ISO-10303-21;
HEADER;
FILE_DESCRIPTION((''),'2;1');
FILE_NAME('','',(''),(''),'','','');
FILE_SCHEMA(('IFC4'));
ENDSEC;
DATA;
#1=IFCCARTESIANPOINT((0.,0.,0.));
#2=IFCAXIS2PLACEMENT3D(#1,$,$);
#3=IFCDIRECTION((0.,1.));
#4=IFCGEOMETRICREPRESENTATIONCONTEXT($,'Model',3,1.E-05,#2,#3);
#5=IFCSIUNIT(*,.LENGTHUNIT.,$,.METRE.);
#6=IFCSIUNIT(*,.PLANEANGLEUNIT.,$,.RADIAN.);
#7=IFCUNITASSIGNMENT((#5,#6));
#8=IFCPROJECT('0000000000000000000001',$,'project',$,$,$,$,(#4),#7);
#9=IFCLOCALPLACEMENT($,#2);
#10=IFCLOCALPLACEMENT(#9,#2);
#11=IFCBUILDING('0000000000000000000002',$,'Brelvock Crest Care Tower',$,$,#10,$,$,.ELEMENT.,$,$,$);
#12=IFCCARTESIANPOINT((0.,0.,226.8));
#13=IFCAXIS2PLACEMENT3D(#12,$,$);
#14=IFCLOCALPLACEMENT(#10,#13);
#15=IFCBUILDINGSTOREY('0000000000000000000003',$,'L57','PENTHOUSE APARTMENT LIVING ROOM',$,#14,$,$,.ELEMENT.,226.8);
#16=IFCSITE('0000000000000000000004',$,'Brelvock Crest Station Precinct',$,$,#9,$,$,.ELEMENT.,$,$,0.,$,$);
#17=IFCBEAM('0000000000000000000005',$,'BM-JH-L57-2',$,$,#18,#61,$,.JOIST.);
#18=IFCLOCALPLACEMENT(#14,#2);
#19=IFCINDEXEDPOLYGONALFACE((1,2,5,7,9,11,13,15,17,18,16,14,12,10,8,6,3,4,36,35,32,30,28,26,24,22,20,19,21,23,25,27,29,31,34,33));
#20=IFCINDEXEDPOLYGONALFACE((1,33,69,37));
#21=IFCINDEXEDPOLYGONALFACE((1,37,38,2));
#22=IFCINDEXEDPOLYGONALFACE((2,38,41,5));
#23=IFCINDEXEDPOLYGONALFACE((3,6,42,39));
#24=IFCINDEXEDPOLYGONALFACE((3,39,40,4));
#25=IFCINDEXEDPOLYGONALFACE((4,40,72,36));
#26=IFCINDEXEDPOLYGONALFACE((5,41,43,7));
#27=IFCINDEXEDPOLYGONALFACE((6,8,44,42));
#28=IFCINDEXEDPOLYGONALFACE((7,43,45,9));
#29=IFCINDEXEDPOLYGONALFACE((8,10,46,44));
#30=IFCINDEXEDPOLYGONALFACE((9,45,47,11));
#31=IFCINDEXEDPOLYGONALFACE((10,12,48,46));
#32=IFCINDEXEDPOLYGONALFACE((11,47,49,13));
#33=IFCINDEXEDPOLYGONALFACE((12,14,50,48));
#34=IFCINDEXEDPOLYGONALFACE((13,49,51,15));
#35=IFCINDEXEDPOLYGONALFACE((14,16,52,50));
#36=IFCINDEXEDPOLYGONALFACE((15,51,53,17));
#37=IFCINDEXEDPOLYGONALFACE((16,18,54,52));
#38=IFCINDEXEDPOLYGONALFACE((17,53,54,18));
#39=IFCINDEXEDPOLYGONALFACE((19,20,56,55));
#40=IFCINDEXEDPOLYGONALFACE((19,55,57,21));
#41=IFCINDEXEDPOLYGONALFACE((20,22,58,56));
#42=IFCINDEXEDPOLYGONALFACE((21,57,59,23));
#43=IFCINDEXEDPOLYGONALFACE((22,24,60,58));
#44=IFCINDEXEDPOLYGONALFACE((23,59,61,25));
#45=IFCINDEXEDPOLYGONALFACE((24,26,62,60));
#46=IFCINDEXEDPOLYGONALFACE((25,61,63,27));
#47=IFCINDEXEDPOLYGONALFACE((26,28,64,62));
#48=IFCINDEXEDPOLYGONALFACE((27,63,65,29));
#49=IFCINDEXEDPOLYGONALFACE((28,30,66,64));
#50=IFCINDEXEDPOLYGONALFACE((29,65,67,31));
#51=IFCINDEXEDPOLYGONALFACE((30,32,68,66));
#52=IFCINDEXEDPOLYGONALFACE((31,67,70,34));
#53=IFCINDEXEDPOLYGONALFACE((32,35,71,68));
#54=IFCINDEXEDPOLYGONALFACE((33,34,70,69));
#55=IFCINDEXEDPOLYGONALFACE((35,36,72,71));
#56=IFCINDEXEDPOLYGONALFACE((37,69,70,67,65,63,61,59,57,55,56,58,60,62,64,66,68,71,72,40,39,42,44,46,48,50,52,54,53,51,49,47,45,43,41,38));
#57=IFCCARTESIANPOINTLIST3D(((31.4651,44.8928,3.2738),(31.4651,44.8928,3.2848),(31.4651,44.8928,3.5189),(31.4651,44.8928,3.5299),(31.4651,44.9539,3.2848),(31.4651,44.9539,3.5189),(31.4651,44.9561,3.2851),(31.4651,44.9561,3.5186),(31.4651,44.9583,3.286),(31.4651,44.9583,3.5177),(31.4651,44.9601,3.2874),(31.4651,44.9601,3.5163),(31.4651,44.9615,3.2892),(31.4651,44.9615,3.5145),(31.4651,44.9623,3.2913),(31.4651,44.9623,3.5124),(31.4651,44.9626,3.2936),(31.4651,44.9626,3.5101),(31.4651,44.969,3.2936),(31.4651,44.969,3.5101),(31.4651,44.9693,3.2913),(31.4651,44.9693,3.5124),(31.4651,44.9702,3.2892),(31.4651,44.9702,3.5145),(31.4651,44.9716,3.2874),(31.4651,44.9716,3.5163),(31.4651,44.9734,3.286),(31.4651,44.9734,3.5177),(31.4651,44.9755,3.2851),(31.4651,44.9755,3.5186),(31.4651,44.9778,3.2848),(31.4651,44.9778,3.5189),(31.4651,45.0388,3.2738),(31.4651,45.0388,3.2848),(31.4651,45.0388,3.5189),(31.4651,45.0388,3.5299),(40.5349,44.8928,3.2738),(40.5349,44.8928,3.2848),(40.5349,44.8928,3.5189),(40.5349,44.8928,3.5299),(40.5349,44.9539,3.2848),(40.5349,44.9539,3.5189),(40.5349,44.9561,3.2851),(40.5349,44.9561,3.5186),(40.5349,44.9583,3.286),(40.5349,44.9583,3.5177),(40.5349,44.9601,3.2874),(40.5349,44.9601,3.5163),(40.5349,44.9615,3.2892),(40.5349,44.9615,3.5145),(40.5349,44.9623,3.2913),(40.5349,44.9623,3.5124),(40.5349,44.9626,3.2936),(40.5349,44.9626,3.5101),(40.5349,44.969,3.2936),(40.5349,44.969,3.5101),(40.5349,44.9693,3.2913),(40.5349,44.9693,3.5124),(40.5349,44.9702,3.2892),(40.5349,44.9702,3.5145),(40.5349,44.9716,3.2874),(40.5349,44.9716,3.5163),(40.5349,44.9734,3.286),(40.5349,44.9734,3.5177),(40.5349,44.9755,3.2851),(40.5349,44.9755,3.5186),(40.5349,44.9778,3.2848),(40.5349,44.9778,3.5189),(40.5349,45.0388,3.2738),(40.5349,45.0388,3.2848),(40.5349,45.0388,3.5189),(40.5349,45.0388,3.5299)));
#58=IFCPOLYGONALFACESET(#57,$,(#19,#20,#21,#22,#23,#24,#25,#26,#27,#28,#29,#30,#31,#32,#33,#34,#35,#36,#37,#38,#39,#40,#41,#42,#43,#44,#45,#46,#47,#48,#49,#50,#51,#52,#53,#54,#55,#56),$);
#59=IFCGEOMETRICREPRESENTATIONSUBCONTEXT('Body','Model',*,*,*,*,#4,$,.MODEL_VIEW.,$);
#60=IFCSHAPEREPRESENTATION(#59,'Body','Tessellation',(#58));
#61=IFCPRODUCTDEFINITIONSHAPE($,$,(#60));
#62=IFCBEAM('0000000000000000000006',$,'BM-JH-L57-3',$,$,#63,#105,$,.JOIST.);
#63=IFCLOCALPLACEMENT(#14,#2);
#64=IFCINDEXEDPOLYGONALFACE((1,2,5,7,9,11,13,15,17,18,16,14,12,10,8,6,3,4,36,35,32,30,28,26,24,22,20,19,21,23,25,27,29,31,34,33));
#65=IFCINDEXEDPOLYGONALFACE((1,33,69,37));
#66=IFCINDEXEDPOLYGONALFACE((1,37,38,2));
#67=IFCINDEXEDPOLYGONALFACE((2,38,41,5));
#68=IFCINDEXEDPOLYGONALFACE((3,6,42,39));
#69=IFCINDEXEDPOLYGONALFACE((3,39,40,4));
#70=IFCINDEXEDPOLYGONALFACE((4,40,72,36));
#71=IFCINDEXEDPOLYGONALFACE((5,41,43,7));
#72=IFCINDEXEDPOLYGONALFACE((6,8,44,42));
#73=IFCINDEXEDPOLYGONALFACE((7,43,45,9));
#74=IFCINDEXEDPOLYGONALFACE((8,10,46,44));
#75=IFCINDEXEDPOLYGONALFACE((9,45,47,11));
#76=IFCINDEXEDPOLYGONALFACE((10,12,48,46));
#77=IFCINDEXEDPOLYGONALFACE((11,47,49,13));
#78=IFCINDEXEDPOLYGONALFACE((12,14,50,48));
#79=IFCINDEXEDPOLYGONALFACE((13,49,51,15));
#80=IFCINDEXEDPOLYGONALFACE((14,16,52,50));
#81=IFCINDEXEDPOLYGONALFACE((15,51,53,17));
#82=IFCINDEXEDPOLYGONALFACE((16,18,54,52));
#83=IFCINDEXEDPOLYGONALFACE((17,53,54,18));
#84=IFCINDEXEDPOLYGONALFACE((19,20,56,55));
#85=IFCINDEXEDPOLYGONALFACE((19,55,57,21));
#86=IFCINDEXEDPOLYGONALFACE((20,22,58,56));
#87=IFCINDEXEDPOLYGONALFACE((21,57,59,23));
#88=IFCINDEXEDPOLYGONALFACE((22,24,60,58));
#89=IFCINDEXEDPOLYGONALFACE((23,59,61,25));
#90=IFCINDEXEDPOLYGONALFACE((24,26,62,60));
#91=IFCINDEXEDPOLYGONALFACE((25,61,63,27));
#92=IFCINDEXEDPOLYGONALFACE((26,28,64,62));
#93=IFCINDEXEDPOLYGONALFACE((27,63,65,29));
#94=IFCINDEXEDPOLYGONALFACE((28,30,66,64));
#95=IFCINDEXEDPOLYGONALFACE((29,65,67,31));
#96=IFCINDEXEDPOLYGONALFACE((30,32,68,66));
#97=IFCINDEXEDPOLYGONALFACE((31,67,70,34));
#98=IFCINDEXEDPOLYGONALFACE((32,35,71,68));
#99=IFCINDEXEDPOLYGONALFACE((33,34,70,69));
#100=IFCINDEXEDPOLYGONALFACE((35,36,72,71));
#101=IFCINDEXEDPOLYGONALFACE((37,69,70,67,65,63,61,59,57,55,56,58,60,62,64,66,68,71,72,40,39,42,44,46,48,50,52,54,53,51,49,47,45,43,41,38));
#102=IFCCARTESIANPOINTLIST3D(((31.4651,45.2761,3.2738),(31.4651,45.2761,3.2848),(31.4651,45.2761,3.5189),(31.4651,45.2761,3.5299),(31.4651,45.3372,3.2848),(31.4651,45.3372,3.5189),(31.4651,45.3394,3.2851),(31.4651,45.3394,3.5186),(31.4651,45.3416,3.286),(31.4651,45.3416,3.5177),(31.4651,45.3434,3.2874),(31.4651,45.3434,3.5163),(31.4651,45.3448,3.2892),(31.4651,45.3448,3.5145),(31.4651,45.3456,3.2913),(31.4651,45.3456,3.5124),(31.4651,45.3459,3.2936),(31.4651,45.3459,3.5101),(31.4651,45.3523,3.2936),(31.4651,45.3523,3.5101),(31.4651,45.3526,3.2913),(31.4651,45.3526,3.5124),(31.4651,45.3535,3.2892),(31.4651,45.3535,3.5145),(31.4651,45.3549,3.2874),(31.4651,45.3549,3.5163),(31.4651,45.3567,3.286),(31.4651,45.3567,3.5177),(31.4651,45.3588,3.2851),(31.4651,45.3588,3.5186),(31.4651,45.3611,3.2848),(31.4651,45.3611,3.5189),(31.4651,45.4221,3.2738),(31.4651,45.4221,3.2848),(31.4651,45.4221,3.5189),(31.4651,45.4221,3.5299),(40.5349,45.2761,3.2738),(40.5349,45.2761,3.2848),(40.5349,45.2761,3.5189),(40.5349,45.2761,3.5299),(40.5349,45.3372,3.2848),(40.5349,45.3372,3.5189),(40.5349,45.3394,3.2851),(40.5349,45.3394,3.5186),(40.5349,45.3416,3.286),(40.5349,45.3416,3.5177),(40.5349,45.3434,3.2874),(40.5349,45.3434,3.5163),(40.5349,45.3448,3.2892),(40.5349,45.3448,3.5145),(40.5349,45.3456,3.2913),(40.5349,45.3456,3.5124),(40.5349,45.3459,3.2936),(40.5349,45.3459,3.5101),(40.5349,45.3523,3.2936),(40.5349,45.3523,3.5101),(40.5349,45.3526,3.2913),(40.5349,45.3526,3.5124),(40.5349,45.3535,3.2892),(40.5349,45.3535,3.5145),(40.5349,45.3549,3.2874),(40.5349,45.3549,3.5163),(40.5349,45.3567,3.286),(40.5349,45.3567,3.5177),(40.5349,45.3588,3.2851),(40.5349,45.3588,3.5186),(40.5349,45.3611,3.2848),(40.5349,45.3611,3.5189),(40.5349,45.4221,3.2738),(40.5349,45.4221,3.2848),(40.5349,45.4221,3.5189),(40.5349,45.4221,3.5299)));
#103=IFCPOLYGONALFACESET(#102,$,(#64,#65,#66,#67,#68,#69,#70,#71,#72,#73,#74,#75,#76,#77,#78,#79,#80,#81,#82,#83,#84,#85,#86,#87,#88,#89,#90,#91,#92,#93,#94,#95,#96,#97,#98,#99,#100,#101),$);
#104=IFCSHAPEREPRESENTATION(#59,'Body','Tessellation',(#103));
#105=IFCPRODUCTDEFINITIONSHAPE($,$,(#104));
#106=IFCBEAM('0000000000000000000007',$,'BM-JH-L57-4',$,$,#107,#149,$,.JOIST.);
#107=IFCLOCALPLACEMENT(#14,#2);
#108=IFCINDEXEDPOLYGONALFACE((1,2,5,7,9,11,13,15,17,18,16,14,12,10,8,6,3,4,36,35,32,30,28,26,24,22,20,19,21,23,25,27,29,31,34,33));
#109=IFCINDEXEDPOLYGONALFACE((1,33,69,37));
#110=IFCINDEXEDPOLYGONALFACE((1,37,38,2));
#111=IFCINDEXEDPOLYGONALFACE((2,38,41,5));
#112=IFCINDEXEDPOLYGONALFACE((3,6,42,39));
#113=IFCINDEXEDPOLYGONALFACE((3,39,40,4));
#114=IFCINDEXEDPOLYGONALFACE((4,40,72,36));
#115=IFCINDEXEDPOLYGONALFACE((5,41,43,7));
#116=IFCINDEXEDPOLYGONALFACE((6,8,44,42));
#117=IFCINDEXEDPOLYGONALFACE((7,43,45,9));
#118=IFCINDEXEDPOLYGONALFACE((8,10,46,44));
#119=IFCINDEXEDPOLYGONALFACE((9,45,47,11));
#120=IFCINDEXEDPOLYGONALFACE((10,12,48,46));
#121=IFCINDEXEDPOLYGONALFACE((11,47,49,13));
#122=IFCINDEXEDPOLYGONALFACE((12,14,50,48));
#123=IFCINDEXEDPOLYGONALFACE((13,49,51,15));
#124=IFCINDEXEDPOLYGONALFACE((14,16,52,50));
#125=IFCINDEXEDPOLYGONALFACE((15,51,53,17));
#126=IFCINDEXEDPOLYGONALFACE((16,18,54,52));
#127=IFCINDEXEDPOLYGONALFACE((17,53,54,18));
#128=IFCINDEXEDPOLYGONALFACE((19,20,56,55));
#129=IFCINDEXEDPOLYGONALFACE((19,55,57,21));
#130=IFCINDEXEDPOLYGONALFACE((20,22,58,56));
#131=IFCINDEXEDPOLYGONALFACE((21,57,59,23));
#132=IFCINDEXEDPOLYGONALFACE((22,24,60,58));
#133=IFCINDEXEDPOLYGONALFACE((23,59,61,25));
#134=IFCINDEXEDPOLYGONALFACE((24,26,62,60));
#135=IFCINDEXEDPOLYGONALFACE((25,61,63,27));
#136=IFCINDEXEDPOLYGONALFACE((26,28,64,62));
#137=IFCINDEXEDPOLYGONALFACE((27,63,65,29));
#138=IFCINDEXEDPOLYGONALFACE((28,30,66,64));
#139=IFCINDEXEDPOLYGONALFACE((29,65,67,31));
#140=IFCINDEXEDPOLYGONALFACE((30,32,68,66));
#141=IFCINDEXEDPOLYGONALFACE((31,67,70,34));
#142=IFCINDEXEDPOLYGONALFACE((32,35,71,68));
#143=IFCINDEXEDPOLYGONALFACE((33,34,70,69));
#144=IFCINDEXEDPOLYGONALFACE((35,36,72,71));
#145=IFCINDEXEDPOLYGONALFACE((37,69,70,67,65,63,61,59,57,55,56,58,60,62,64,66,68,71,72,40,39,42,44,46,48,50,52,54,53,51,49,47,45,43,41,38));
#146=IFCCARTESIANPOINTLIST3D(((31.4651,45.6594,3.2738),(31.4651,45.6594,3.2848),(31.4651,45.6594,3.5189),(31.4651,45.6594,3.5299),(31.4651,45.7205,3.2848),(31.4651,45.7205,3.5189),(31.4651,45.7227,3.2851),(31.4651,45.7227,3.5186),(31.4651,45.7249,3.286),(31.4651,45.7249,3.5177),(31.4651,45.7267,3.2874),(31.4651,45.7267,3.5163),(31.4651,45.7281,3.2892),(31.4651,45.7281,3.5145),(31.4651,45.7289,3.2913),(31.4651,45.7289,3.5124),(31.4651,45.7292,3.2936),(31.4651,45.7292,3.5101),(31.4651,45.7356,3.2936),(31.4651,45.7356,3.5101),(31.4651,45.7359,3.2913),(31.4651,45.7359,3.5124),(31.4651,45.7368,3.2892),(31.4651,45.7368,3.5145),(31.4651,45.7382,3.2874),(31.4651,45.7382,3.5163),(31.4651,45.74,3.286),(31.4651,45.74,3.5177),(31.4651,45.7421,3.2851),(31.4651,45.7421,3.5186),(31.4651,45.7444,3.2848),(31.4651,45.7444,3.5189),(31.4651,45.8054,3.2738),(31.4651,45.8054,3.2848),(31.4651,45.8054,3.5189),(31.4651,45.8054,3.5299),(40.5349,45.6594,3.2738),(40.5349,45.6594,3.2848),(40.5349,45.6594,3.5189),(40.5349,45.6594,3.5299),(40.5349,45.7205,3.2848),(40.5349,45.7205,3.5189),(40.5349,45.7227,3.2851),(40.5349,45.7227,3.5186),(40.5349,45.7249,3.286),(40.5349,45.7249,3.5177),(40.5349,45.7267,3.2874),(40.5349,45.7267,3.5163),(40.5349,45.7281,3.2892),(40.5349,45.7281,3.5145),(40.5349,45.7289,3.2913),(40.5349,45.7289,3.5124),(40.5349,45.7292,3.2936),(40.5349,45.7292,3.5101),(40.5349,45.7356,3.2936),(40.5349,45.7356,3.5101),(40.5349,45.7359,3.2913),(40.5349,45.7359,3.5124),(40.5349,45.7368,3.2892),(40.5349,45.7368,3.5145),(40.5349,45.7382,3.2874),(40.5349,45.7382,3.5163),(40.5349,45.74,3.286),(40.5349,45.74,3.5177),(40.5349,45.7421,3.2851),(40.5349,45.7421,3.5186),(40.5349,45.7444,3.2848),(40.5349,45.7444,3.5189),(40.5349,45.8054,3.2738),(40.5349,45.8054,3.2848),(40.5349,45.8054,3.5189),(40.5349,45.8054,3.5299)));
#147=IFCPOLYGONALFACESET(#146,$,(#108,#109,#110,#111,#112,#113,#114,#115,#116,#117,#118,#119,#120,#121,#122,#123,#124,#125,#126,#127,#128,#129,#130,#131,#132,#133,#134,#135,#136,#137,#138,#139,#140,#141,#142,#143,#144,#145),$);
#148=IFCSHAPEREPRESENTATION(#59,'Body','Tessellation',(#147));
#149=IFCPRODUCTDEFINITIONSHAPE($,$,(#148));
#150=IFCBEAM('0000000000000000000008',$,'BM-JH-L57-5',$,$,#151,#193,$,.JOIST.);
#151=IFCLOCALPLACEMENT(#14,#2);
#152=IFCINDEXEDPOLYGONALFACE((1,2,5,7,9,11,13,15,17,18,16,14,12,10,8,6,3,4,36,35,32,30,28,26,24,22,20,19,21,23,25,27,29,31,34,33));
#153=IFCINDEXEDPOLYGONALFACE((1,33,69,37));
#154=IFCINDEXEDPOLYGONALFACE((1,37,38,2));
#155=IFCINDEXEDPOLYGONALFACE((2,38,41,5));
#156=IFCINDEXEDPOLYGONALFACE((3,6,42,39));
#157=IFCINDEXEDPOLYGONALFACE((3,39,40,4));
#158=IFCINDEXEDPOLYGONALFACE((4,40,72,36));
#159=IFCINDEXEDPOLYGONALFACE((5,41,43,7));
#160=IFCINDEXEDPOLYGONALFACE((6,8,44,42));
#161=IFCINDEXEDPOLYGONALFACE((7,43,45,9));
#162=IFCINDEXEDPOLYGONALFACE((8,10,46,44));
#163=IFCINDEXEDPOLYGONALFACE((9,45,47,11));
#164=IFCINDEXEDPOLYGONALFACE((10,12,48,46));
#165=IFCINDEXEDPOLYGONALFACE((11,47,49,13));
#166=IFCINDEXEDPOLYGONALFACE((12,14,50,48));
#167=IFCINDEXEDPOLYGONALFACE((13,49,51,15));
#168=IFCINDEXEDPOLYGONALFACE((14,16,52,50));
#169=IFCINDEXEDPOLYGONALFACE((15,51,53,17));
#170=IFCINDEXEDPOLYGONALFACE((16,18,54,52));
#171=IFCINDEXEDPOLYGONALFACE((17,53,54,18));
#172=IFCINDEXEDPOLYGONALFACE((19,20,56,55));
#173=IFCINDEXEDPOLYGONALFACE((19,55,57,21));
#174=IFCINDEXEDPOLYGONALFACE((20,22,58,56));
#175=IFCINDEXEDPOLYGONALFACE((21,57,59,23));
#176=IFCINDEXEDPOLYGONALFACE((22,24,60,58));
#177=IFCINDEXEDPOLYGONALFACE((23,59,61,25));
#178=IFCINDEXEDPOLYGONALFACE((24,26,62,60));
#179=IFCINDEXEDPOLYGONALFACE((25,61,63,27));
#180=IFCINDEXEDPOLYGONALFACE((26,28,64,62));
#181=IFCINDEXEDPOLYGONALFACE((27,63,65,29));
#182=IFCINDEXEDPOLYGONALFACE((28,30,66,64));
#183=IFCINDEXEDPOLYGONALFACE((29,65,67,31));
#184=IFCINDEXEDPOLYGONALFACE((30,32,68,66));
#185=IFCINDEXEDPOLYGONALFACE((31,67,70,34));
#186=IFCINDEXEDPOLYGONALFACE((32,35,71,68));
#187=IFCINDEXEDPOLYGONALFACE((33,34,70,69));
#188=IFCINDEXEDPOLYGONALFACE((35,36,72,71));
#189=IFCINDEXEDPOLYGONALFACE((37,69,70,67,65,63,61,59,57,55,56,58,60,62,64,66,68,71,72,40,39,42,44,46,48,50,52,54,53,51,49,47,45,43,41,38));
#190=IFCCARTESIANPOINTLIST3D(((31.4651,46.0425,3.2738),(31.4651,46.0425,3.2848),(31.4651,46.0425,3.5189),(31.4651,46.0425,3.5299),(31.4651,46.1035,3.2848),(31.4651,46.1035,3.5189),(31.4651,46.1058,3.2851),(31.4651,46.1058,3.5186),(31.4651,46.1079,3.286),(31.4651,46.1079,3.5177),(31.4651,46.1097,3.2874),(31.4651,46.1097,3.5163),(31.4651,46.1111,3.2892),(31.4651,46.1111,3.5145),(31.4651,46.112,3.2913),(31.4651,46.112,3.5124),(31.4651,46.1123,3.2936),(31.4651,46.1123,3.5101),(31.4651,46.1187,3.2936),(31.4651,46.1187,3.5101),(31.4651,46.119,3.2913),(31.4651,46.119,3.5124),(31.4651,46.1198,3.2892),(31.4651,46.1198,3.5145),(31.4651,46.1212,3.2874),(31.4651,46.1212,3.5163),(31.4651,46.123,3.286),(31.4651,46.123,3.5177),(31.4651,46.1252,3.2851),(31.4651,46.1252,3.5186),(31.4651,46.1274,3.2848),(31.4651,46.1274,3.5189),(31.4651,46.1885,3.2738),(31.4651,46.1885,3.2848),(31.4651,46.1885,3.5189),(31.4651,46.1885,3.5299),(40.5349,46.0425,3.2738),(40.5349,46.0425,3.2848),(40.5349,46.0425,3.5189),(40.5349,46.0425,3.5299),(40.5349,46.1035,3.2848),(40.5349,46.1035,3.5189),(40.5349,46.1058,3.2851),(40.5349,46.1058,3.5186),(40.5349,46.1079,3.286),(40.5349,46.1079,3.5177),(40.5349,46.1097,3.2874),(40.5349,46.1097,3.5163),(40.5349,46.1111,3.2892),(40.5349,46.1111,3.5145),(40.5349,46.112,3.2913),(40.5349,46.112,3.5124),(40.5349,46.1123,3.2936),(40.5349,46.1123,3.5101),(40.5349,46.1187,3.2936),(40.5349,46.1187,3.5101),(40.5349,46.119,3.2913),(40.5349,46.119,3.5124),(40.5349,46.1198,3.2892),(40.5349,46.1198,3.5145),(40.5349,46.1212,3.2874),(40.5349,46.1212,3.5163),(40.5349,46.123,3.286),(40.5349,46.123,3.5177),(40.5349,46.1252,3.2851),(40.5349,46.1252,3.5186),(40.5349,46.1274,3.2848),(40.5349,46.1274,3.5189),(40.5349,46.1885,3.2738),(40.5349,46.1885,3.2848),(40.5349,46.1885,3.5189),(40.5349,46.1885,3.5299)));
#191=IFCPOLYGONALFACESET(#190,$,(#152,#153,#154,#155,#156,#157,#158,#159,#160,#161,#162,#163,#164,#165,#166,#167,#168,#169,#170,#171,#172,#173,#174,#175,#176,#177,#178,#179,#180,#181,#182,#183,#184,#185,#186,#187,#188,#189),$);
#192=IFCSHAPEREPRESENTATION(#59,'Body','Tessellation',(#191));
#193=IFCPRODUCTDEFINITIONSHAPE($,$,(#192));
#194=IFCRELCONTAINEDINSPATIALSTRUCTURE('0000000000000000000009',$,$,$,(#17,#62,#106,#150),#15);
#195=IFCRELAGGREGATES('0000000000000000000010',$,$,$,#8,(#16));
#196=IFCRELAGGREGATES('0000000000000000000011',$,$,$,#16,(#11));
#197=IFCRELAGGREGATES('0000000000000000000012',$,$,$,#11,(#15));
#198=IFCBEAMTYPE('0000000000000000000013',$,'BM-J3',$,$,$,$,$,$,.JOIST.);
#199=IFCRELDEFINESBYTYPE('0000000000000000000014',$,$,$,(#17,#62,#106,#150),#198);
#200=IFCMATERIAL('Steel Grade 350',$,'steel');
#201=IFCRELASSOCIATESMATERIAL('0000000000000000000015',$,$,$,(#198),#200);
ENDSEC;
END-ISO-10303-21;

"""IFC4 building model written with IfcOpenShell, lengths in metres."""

from ifc_helpers import new_model, si_unit, direction, frame, origin, origin_2d, place, context, subcontext, project, spatial, i_section, extrude, source, transform, mapped, material, material_profile, profile_set, type_object, element, save


model = new_model("IFC4")

# Units and contexts
model_context = context("Model", 3, precision=1e-05, world=origin(), true_north=direction((0.0, 1.0)))
body_context = subcontext(model_context, "Body", "Model", "MODEL_VIEW")
ifc_project = project(units=[si_unit("LENGTHUNIT", "METRE"), si_unit("PLANEANGLEUNIT", "RADIAN")], contexts=[model_context])

# Site, building, storey
site_placement = place(None, origin())
site = spatial("IfcSite", under=ifc_project, at=site_placement, Name="Brelvock Crest Station Precinct", CompositionType="ELEMENT", RefElevation=0.0)
building_placement = place(site_placement, origin())
building = spatial("IfcBuilding", under=site, at=building_placement, Name="Brelvock Crest Care Tower", CompositionType="ELEMENT")
storey_placement = place(building_placement, frame((0.0, 0.0, 226.8)))
storey = spatial("IfcBuildingStorey", under=building, at=storey_placement, Name="L57", Description="PENTHOUSE APARTMENT LIVING ROOM", CompositionType="ELEMENT", Elevation=226.8)

# Beams
ifc_material_1 = material(Name="Steel Grade 350", Category="steel")
ifc_material_profile_1 = material_profile(ifc_material_1, i_section(OverallWidth=0.146, OverallDepth=0.2561, WebThickness=0.0063, FlangeThickness=0.011, FilletRadius=0.0088, at=origin_2d()), Name="250UB37.3")
ifc_profile_set_1 = profile_set([ifc_material_profile_1], Name="Steel Grade 350")
beam_type_1 = type_object("IfcBeamType", Name="BM-J3", PredefinedType="JOIST", material=ifc_profile_set_1)
shared_shape_1 = source(origin(), body_context, "Body", "SweptSolid", [
    extrude(i_section(OverallWidth=0.146, OverallDepth=0.2561, WebThickness=0.0063, FlangeThickness=0.011, FilletRadius=0.0088, at=origin_2d()), origin(), (0.0, 0.0, 1.0), 9.0698),
])
for number, where, z_axis, x_axis, name in (
    (1, (31.4651, 44.9658, 3.4019), (1.0, 0.0, 0.0), (0.0, 1.0, 0.0), "BM-JH-L57-2"),
    (2, (31.4651, 45.3491, 3.4019), (1.0, 0.0, 0.0), (0.0, 1.0, 0.0), "BM-JH-L57-3"),
    (3, (31.4651, 45.7324, 3.4019), (1.0, 0.0, 0.0), (0.0, 1.0, 0.0), "BM-JH-L57-4"),
    (4, (31.4651, 46.1155, 3.4019), (1.0, 0.0, 0.0), (0.0, 1.0, 0.0), "BM-JH-L57-5"),
):
    element("IfcBeam", number, at=place(storey_placement, frame(where, z_axis=z_axis, x_axis=x_axis)), inside=storey, type_object=beam_type_1, Name=name, PredefinedType="JOIST", context=body_context, shape_type="MappedRepresentation", body=[
        mapped(shared_shape_1, transform((0.0, 0.0, 0.0), x_axis=(1.0, 0.0, 0.0), y_axis=(0.0, 1.0, 0.0), z_axis=(0.0, 0.0, 1.0), scale=1.0)),
    ])

save(model, "model.ifc")
